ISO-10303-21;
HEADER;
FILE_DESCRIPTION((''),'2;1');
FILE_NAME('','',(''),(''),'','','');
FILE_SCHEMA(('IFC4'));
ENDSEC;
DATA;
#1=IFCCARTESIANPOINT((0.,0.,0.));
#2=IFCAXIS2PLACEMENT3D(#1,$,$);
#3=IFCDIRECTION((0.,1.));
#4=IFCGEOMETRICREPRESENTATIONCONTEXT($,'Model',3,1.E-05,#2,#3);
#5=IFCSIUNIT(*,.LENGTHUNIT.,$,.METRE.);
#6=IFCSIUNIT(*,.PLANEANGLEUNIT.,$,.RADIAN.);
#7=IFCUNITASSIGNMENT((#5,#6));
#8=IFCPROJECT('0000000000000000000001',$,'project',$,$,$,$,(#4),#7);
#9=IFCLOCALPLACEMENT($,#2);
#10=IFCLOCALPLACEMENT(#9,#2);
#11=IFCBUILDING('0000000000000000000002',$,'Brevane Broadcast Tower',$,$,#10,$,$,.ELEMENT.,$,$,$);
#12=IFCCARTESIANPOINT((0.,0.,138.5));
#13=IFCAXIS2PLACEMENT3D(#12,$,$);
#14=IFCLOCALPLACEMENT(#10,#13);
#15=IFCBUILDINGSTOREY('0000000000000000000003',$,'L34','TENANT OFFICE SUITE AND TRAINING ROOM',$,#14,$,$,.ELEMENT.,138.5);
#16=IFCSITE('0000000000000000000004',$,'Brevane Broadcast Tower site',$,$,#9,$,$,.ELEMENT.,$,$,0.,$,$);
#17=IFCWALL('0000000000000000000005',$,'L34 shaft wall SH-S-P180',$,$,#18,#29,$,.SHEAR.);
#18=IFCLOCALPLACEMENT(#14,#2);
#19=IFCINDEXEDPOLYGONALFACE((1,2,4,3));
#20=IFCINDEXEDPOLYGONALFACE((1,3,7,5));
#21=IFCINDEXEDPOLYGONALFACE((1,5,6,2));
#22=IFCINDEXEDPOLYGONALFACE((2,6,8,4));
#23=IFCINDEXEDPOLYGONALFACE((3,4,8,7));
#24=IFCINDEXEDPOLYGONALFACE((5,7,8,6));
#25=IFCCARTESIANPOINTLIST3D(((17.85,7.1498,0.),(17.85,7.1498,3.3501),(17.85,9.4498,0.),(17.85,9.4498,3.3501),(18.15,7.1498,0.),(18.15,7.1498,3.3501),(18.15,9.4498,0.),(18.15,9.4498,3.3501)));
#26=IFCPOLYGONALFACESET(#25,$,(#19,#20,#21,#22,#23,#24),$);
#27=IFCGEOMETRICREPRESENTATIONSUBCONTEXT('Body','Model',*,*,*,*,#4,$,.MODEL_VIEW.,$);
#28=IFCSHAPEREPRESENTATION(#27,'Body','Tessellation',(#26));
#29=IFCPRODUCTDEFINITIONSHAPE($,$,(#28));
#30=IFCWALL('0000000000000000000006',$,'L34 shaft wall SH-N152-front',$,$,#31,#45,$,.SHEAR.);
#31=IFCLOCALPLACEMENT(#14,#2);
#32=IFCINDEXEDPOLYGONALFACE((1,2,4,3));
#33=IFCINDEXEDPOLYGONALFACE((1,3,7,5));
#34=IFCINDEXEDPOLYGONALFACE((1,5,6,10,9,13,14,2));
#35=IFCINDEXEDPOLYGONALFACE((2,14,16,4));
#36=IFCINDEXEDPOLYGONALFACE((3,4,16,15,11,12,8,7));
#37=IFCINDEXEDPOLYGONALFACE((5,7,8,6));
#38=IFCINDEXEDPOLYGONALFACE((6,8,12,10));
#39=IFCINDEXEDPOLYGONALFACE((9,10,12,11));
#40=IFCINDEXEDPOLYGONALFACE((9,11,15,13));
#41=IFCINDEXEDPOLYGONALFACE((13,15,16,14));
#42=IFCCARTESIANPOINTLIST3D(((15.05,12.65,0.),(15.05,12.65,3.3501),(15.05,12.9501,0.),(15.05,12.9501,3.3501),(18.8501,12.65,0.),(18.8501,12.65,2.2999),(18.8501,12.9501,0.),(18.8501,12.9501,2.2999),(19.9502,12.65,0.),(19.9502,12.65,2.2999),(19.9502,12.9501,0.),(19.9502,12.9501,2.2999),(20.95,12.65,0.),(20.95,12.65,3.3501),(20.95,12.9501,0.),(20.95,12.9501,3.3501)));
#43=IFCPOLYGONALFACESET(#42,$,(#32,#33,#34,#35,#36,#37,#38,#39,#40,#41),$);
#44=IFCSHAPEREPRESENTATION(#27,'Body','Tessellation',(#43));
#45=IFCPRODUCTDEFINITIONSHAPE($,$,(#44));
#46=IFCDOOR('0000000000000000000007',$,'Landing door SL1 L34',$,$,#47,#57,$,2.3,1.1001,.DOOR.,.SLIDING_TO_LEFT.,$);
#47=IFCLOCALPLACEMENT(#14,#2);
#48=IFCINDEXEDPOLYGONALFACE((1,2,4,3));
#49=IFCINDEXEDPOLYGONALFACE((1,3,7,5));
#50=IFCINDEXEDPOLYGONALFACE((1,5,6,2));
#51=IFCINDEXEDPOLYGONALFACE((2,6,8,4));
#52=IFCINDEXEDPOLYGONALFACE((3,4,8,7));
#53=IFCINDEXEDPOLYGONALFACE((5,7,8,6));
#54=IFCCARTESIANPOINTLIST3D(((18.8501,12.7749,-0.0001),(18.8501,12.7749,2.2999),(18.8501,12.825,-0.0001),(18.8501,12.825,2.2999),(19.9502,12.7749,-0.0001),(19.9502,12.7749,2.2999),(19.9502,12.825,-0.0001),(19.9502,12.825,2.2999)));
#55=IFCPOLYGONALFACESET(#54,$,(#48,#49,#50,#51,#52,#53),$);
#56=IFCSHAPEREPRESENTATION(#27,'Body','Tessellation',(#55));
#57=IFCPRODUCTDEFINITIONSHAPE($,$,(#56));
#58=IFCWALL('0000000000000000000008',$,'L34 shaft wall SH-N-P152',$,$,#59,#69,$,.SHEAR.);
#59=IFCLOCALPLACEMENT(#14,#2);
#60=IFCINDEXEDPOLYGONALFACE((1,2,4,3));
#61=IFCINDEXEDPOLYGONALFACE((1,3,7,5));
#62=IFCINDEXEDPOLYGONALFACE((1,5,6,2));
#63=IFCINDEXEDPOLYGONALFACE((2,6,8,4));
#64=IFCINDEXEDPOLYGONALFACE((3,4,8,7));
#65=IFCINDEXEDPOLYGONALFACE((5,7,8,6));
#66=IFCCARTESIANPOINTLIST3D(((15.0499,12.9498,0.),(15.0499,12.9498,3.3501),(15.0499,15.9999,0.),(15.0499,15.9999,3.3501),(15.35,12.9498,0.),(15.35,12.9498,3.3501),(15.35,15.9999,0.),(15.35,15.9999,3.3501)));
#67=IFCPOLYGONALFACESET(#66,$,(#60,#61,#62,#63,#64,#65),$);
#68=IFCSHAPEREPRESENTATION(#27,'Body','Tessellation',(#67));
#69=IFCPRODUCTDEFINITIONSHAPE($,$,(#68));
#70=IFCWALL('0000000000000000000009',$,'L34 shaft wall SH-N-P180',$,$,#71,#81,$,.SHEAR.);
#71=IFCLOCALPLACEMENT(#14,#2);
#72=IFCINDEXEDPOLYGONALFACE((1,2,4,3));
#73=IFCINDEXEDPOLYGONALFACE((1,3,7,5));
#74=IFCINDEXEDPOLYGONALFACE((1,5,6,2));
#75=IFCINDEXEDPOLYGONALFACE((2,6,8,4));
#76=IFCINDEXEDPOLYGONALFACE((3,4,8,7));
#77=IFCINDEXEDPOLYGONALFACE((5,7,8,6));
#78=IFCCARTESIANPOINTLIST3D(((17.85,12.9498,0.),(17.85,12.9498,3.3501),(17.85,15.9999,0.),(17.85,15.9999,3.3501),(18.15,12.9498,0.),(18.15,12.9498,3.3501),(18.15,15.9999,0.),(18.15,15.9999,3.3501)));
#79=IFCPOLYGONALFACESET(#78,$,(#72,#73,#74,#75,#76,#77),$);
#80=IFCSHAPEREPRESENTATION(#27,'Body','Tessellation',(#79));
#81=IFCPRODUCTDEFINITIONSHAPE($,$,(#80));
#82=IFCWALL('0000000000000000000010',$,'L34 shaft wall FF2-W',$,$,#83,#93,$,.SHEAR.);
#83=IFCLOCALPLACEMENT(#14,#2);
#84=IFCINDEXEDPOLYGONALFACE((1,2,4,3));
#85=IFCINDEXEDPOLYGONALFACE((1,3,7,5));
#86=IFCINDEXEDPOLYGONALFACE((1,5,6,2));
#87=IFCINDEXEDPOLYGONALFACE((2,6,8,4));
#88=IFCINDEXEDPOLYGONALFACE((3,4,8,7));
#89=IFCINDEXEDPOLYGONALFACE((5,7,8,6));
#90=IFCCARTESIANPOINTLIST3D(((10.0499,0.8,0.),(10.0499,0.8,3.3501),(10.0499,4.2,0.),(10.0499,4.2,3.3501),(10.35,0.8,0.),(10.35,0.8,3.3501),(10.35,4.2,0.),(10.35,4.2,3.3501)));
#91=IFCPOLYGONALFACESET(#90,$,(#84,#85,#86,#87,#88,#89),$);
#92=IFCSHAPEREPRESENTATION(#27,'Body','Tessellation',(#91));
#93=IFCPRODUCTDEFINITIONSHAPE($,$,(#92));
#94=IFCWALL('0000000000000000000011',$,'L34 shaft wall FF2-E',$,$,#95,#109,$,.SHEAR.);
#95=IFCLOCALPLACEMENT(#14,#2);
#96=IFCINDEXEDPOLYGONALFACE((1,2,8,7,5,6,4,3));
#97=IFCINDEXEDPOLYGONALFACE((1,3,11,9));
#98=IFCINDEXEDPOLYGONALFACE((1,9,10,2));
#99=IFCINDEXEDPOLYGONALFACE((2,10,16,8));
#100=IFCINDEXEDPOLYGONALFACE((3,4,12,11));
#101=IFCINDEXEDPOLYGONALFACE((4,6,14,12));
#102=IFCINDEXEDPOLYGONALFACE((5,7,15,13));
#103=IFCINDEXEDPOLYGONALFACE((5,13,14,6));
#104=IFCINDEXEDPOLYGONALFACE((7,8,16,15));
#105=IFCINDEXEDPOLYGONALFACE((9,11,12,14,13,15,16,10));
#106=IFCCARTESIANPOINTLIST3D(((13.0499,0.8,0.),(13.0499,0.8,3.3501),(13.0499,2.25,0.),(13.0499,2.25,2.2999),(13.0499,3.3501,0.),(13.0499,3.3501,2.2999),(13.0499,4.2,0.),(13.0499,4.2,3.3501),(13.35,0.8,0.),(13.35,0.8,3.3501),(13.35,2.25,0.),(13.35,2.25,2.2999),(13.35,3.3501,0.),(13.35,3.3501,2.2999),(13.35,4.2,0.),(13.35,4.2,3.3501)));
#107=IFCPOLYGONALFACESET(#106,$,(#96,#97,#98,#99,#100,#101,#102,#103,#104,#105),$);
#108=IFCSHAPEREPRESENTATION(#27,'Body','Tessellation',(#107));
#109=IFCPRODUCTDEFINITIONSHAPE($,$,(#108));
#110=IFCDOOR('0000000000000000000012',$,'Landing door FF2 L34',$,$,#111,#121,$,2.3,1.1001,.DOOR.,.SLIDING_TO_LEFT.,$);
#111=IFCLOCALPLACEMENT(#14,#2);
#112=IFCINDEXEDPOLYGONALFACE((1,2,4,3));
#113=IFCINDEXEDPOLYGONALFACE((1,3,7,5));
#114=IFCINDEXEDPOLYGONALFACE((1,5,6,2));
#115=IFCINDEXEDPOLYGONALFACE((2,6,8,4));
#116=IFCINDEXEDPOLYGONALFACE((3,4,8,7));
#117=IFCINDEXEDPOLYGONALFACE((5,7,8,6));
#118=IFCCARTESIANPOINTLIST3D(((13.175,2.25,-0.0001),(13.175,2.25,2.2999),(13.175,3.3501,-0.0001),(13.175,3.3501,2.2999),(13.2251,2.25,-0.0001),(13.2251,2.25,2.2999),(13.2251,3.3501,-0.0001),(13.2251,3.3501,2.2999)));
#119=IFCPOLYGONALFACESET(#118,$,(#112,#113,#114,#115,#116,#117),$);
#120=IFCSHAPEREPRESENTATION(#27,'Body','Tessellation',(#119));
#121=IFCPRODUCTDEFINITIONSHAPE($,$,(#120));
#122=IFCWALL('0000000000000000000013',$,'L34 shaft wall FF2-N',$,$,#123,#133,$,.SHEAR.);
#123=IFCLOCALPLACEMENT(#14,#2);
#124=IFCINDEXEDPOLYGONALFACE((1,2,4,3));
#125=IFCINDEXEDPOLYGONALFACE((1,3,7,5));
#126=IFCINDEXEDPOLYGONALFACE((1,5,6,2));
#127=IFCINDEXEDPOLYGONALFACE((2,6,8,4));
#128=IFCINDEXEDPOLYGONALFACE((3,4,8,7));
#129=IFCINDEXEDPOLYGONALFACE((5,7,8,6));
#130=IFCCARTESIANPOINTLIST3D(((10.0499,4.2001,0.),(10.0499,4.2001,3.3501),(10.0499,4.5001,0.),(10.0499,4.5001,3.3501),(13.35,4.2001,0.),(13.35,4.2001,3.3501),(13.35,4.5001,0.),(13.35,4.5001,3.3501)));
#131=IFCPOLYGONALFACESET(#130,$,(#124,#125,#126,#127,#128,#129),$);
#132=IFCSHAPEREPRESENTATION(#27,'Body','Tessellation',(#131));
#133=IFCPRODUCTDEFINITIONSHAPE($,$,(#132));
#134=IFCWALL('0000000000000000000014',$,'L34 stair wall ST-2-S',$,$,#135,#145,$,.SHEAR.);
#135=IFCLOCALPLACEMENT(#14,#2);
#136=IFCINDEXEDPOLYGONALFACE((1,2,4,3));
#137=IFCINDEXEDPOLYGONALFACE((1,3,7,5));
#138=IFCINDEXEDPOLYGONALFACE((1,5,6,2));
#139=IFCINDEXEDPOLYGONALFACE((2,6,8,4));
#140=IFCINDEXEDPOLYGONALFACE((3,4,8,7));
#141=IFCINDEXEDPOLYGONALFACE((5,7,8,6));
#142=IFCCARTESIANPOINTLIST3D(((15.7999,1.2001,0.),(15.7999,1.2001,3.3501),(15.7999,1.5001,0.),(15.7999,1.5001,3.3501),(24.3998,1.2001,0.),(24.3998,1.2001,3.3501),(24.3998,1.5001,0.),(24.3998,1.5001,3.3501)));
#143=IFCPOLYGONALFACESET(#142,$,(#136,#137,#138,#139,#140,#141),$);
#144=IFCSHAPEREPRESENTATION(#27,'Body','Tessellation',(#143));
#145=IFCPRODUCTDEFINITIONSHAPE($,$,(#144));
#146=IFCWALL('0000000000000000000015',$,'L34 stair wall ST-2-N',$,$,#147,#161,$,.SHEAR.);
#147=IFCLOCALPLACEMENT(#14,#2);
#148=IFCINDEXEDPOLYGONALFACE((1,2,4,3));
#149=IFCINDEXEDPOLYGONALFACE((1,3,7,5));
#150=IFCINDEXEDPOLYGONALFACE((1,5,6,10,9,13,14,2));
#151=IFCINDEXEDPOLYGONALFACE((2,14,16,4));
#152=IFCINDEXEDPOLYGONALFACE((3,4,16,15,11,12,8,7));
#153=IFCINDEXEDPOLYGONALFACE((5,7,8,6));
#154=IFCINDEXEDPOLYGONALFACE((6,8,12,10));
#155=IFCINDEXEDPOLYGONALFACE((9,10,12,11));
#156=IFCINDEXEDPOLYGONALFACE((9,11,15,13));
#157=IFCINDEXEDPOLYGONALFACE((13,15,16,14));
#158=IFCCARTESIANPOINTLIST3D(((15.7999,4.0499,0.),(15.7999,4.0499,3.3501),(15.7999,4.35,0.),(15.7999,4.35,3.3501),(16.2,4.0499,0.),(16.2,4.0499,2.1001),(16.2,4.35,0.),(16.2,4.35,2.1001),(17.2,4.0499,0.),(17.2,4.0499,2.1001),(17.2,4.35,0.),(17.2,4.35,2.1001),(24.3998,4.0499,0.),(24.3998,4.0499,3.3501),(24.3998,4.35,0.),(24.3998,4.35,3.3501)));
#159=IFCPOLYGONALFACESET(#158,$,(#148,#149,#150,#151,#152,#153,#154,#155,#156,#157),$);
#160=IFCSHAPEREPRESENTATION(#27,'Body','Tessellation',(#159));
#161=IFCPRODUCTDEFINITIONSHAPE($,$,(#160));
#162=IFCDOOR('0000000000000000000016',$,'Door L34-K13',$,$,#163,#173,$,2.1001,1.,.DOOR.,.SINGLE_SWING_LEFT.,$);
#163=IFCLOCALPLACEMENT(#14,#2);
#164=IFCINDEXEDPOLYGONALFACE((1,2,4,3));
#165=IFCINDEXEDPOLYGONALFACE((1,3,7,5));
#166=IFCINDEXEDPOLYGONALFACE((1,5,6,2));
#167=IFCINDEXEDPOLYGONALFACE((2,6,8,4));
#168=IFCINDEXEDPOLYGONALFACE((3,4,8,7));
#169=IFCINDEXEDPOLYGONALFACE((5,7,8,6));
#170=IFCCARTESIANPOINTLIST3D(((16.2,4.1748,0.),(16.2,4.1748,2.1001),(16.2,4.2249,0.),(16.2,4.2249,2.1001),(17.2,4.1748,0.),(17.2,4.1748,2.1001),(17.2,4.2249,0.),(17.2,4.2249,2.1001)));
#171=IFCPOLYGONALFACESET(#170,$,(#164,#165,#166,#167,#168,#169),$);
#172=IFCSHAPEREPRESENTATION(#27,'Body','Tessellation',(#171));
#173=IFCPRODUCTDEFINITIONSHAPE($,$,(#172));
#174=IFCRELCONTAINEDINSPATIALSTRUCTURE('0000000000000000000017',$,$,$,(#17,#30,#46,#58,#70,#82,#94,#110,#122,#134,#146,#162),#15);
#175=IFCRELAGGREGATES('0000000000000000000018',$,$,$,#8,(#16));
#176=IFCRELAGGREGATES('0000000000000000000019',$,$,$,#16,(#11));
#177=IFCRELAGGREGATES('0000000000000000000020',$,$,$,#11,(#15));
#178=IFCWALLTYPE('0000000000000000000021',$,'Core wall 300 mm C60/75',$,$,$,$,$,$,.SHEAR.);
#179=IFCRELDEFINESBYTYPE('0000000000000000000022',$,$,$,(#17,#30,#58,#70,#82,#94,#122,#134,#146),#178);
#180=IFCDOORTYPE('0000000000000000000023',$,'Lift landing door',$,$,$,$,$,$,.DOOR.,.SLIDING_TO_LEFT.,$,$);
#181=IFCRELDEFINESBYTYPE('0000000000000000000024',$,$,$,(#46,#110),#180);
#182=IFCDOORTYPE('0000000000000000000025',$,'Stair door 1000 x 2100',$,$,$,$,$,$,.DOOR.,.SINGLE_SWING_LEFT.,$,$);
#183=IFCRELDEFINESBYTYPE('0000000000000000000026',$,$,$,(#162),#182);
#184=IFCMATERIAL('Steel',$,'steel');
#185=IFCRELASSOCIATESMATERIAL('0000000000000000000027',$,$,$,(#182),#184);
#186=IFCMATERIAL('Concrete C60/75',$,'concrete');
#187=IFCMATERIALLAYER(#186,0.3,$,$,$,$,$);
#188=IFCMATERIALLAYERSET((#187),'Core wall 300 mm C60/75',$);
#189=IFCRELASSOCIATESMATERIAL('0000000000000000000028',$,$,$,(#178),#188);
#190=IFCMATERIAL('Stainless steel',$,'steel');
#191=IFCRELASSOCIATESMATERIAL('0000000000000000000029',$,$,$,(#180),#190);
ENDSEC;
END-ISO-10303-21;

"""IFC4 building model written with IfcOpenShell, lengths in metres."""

from ifc_helpers import new_model, si_unit, direction, frame, frame_2d, origin, place, context, subcontext, project, spatial, rectangle, extrude, material, layer, layer_set, type_object, element, fill, save


model = new_model("IFC4")

# Units and contexts
model_context = context("Model", 3, precision=1e-05, world=origin(), true_north=direction((0.0, 1.0)))
body_context = subcontext(model_context, "Body", "Model", "MODEL_VIEW")
ifc_project = project(units=[si_unit("LENGTHUNIT", "METRE"), si_unit("PLANEANGLEUNIT", "RADIAN")], contexts=[model_context])

# Site, building, storey
site_placement = place(None, origin())
site = spatial("IfcSite", under=ifc_project, at=site_placement, Name="Brevane Broadcast Tower site", CompositionType="ELEMENT", RefElevation=0.0)
building_placement = place(site_placement, origin())
building = spatial("IfcBuilding", under=site, at=building_placement, Name="Brevane Broadcast Tower", CompositionType="ELEMENT")
storey_placement = place(building_placement, frame((0.0, 0.0, 138.5)))
storey = spatial("IfcBuildingStorey", under=building, at=storey_placement, Name="L34", Description="TENANT OFFICE SUITE AND TRAINING ROOM", CompositionType="ELEMENT", Elevation=138.5)

# Shared definitions
ifc_material_1 = material(Name="Steel", Category="steel")
door_type_1 = type_object("IfcDoorType", Name="Stair door 1000 x 2100", OperationType="SINGLE_SWING_LEFT", PredefinedType="DOOR", material=ifc_material_1)

# Wall
ifc_material_2 = material(Name="Concrete C60/75", Category="concrete")
ifc_layer_1 = layer(ifc_material_2, 0.3)
ifc_layer_set_1 = layer_set([ifc_layer_1], Name="Core wall 300 mm C60/75")
wall_type_1 = type_object("IfcWallType", Name="Core wall 300 mm C60/75", PredefinedType="SHEAR", material=ifc_layer_set_1)
for number, where, z_axis, x_axis, name in (
    (1, (18.0, 7.1499, 0.0), (0.0, 0.0, 1.0), (0.0, 1.0, 0.0), "L34 shaft wall SH-S-P180"),
):
    element("IfcWall", number, at=place(storey_placement, frame(where, z_axis=z_axis, x_axis=x_axis)), inside=storey, type_object=wall_type_1, Name=name, PredefinedType="SHEAR", context=body_context, shape_type="SweptSolid", body=[
        extrude(rectangle(XDim=2.3, YDim=0.3, at=frame_2d((1.1499, 0.0))), origin(), (0.0, 0.0, 1.0), 3.3501),
    ])

# Wall, opening, door
wall_1_placement = place(storey_placement, frame((15.05, 12.8, 0.0), z_axis=(0.0, 0.0, 1.0), x_axis=(1.0, 0.0, 0.0)))
wall_1 = element("IfcWall", 2, at=wall_1_placement, inside=storey, type_object=wall_type_1, Name="L34 shaft wall SH-N152-front", PredefinedType="SHEAR", context=body_context, shape_type="SweptSolid", body=[
    extrude(rectangle(XDim=5.8999, YDim=0.3, at=frame_2d((2.95, 0.0))), origin(), (0.0, 0.0, 1.0), 3.3501),
])
opening_1_placement = place(wall_1_placement, frame((3.8, 0.0, 0.0)))
opening_1 = element("IfcOpeningElement", 3, at=opening_1_placement, cuts=wall_1, PredefinedType="OPENING", context=body_context, shape_type="SweptSolid", body=[
    extrude(rectangle(XDim=1.1001, YDim=2.3, at=frame_2d((0.55, 1.1499))), frame((0.0, 0.1599, 0.0), z_axis=(0.0, -1.0, 0.0), x_axis=(1.0, 0.0, 0.0)), (0.0, 0.0, 1.0), 0.3201),
])
ifc_material_3 = material(Name="Stainless steel", Category="steel")
door_type_2 = type_object("IfcDoorType", Name="Lift landing door", OperationType="SLIDING_TO_LEFT", PredefinedType="DOOR", material=ifc_material_3)
door_1_placement = place(opening_1_placement, origin())
door_1 = element("IfcDoor", 4, at=door_1_placement, inside=storey, type_object=door_type_2, Name="Landing door SL1 L34", OperationType="SLIDING_TO_LEFT", OverallHeight=2.3, OverallWidth=1.1001, PredefinedType="DOOR", context=body_context, shape_type="SweptSolid", body=[
    extrude(rectangle(XDim=1.1001, YDim=2.3, at=frame_2d((0.55, 1.1499))), frame((0.0, 0.0249, 0.0), z_axis=(0.0, -1.0, 0.0), x_axis=(1.0, 0.0, 0.0)), (0.0, 0.0, 1.0), 0.05),
])
fill(opening_1, door_1)

# Walls
for number, where, z_axis, x_axis, name in (
    (5, (15.2, 12.95, 0.0), (0.0, 0.0, 1.0), (0.0, 1.0, 0.0), "L34 shaft wall SH-N-P152"),
    (6, (18.0, 12.95, 0.0), (0.0, 0.0, 1.0), (0.0, 1.0, 0.0), "L34 shaft wall SH-N-P180"),
):
    element("IfcWall", number, at=place(storey_placement, frame(where, z_axis=z_axis, x_axis=x_axis)), inside=storey, type_object=wall_type_1, Name=name, PredefinedType="SHEAR", context=body_context, shape_type="SweptSolid", body=[
        extrude(rectangle(XDim=3.05, YDim=0.3, at=frame_2d((1.5249, 0.0))), origin(), (0.0, 0.0, 1.0), 3.3501),
    ])
wall_2_placement = place(storey_placement, frame((10.2, 0.8, 0.0), z_axis=(0.0, 0.0, 1.0), x_axis=(0.0, 1.0, 0.0)))
element("IfcWall", 7, at=wall_2_placement, inside=storey, type_object=wall_type_1, Name="L34 shaft wall FF2-W", PredefinedType="SHEAR", context=body_context, shape_type="SweptSolid", body=[
    extrude(rectangle(XDim=3.3999, YDim=0.3, at=frame_2d((1.7, 0.0))), origin(), (0.0, 0.0, 1.0), 3.3501),
])

# Wall, opening, door
wall_3_placement = place(storey_placement, frame((13.2, 0.8, 0.0), z_axis=(0.0, 0.0, 1.0), x_axis=(0.0, 1.0, 0.0)))
wall_3 = element("IfcWall", 8, at=wall_3_placement, inside=storey, type_object=wall_type_1, Name="L34 shaft wall FF2-E", PredefinedType="SHEAR", context=body_context, shape_type="SweptSolid", body=[
    extrude(rectangle(XDim=3.3999, YDim=0.3, at=frame_2d((1.7, 0.0))), origin(), (0.0, 0.0, 1.0), 3.3501),
])
opening_2_placement = place(wall_3_placement, frame((1.45, 0.0, 0.0)))
opening_2 = element("IfcOpeningElement", 9, at=opening_2_placement, cuts=wall_3, PredefinedType="OPENING", context=body_context, shape_type="SweptSolid", body=[
    extrude(rectangle(XDim=1.1001, YDim=2.3, at=frame_2d((0.55, 1.1499))), frame((0.0, 0.1599, 0.0), z_axis=(0.0, -1.0, 0.0), x_axis=(1.0, 0.0, 0.0)), (0.0, 0.0, 1.0), 0.3201),
])
door_2_placement = place(opening_2_placement, origin())
door_2 = element("IfcDoor", 10, at=door_2_placement, inside=storey, type_object=door_type_2, Name="Landing door FF2 L34", OperationType="SLIDING_TO_LEFT", OverallHeight=2.3, OverallWidth=1.1001, PredefinedType="DOOR", context=body_context, shape_type="SweptSolid", body=[
    extrude(rectangle(XDim=1.1001, YDim=2.3, at=frame_2d((0.55, 1.1499))), frame((0.0, 0.0249, 0.0), z_axis=(0.0, -1.0, 0.0), x_axis=(1.0, 0.0, 0.0)), (0.0, 0.0, 1.0), 0.05),
])
fill(opening_2, door_2)

# Walls
wall_4_placement = place(storey_placement, frame((10.05, 4.3501, 0.0), z_axis=(0.0, 0.0, 1.0), x_axis=(1.0, 0.0, 0.0)))
element("IfcWall", 11, at=wall_4_placement, inside=storey, type_object=wall_type_1, Name="L34 shaft wall FF2-N", PredefinedType="SHEAR", context=body_context, shape_type="SweptSolid", body=[
    extrude(rectangle(XDim=3.3, YDim=0.3, at=frame_2d((1.6499, 0.0))), origin(), (0.0, 0.0, 1.0), 3.3501),
])
wall_5_placement = place(storey_placement, frame((15.8, 1.3501, 0.0), z_axis=(0.0, 0.0, 1.0), x_axis=(1.0, 0.0, 0.0)))
element("IfcWall", 12, at=wall_5_placement, inside=storey, type_object=wall_type_1, Name="L34 stair wall ST-2-S", PredefinedType="SHEAR", context=body_context, shape_type="SweptSolid", body=[
    extrude(rectangle(XDim=8.5999, YDim=0.3, at=frame_2d((4.2998, 0.0))), origin(), (0.0, 0.0, 1.0), 3.3501),
])

# Wall, opening, door
wall_6_placement = place(storey_placement, frame((15.8, 4.2, 0.0), z_axis=(0.0, 0.0, 1.0), x_axis=(1.0, 0.0, 0.0)))
wall_6 = element("IfcWall", 13, at=wall_6_placement, inside=storey, type_object=wall_type_1, Name="L34 stair wall ST-2-N", PredefinedType="SHEAR", context=body_context, shape_type="SweptSolid", body=[
    extrude(rectangle(XDim=8.5999, YDim=0.3, at=frame_2d((4.2998, 0.0))), origin(), (0.0, 0.0, 1.0), 3.3501),
])
opening_3_placement = place(wall_6_placement, frame((0.3999, 0.0, 0.0)))
opening_3 = element("IfcOpeningElement", 14, at=opening_3_placement, cuts=wall_6, PredefinedType="OPENING", context=body_context, shape_type="SweptSolid", body=[
    extrude(rectangle(XDim=1.0, YDim=2.1001, at=frame_2d((0.5, 1.05))), frame((0.0, 0.1599, 0.0), z_axis=(0.0, -1.0, 0.0), x_axis=(1.0, 0.0, 0.0)), (0.0, 0.0, 1.0), 0.3201),
])
door_3_placement = place(opening_3_placement, origin())
door_3 = element("IfcDoor", 15, at=door_3_placement, inside=storey, type_object=door_type_1, Name="Door L34-K13", OperationType="SINGLE_SWING_LEFT", OverallHeight=2.1001, OverallWidth=1.0, PredefinedType="DOOR", context=body_context, shape_type="SweptSolid", body=[
    extrude(rectangle(XDim=1.0, YDim=2.1001, at=frame_2d((0.5, 1.05))), frame((0.0, 0.0249, 0.0), z_axis=(0.0, -1.0, 0.0), x_axis=(1.0, 0.0, 0.0)), (0.0, 0.0, 1.0), 0.05),
])
fill(opening_3, door_3)

save(model, "model.ifc")
